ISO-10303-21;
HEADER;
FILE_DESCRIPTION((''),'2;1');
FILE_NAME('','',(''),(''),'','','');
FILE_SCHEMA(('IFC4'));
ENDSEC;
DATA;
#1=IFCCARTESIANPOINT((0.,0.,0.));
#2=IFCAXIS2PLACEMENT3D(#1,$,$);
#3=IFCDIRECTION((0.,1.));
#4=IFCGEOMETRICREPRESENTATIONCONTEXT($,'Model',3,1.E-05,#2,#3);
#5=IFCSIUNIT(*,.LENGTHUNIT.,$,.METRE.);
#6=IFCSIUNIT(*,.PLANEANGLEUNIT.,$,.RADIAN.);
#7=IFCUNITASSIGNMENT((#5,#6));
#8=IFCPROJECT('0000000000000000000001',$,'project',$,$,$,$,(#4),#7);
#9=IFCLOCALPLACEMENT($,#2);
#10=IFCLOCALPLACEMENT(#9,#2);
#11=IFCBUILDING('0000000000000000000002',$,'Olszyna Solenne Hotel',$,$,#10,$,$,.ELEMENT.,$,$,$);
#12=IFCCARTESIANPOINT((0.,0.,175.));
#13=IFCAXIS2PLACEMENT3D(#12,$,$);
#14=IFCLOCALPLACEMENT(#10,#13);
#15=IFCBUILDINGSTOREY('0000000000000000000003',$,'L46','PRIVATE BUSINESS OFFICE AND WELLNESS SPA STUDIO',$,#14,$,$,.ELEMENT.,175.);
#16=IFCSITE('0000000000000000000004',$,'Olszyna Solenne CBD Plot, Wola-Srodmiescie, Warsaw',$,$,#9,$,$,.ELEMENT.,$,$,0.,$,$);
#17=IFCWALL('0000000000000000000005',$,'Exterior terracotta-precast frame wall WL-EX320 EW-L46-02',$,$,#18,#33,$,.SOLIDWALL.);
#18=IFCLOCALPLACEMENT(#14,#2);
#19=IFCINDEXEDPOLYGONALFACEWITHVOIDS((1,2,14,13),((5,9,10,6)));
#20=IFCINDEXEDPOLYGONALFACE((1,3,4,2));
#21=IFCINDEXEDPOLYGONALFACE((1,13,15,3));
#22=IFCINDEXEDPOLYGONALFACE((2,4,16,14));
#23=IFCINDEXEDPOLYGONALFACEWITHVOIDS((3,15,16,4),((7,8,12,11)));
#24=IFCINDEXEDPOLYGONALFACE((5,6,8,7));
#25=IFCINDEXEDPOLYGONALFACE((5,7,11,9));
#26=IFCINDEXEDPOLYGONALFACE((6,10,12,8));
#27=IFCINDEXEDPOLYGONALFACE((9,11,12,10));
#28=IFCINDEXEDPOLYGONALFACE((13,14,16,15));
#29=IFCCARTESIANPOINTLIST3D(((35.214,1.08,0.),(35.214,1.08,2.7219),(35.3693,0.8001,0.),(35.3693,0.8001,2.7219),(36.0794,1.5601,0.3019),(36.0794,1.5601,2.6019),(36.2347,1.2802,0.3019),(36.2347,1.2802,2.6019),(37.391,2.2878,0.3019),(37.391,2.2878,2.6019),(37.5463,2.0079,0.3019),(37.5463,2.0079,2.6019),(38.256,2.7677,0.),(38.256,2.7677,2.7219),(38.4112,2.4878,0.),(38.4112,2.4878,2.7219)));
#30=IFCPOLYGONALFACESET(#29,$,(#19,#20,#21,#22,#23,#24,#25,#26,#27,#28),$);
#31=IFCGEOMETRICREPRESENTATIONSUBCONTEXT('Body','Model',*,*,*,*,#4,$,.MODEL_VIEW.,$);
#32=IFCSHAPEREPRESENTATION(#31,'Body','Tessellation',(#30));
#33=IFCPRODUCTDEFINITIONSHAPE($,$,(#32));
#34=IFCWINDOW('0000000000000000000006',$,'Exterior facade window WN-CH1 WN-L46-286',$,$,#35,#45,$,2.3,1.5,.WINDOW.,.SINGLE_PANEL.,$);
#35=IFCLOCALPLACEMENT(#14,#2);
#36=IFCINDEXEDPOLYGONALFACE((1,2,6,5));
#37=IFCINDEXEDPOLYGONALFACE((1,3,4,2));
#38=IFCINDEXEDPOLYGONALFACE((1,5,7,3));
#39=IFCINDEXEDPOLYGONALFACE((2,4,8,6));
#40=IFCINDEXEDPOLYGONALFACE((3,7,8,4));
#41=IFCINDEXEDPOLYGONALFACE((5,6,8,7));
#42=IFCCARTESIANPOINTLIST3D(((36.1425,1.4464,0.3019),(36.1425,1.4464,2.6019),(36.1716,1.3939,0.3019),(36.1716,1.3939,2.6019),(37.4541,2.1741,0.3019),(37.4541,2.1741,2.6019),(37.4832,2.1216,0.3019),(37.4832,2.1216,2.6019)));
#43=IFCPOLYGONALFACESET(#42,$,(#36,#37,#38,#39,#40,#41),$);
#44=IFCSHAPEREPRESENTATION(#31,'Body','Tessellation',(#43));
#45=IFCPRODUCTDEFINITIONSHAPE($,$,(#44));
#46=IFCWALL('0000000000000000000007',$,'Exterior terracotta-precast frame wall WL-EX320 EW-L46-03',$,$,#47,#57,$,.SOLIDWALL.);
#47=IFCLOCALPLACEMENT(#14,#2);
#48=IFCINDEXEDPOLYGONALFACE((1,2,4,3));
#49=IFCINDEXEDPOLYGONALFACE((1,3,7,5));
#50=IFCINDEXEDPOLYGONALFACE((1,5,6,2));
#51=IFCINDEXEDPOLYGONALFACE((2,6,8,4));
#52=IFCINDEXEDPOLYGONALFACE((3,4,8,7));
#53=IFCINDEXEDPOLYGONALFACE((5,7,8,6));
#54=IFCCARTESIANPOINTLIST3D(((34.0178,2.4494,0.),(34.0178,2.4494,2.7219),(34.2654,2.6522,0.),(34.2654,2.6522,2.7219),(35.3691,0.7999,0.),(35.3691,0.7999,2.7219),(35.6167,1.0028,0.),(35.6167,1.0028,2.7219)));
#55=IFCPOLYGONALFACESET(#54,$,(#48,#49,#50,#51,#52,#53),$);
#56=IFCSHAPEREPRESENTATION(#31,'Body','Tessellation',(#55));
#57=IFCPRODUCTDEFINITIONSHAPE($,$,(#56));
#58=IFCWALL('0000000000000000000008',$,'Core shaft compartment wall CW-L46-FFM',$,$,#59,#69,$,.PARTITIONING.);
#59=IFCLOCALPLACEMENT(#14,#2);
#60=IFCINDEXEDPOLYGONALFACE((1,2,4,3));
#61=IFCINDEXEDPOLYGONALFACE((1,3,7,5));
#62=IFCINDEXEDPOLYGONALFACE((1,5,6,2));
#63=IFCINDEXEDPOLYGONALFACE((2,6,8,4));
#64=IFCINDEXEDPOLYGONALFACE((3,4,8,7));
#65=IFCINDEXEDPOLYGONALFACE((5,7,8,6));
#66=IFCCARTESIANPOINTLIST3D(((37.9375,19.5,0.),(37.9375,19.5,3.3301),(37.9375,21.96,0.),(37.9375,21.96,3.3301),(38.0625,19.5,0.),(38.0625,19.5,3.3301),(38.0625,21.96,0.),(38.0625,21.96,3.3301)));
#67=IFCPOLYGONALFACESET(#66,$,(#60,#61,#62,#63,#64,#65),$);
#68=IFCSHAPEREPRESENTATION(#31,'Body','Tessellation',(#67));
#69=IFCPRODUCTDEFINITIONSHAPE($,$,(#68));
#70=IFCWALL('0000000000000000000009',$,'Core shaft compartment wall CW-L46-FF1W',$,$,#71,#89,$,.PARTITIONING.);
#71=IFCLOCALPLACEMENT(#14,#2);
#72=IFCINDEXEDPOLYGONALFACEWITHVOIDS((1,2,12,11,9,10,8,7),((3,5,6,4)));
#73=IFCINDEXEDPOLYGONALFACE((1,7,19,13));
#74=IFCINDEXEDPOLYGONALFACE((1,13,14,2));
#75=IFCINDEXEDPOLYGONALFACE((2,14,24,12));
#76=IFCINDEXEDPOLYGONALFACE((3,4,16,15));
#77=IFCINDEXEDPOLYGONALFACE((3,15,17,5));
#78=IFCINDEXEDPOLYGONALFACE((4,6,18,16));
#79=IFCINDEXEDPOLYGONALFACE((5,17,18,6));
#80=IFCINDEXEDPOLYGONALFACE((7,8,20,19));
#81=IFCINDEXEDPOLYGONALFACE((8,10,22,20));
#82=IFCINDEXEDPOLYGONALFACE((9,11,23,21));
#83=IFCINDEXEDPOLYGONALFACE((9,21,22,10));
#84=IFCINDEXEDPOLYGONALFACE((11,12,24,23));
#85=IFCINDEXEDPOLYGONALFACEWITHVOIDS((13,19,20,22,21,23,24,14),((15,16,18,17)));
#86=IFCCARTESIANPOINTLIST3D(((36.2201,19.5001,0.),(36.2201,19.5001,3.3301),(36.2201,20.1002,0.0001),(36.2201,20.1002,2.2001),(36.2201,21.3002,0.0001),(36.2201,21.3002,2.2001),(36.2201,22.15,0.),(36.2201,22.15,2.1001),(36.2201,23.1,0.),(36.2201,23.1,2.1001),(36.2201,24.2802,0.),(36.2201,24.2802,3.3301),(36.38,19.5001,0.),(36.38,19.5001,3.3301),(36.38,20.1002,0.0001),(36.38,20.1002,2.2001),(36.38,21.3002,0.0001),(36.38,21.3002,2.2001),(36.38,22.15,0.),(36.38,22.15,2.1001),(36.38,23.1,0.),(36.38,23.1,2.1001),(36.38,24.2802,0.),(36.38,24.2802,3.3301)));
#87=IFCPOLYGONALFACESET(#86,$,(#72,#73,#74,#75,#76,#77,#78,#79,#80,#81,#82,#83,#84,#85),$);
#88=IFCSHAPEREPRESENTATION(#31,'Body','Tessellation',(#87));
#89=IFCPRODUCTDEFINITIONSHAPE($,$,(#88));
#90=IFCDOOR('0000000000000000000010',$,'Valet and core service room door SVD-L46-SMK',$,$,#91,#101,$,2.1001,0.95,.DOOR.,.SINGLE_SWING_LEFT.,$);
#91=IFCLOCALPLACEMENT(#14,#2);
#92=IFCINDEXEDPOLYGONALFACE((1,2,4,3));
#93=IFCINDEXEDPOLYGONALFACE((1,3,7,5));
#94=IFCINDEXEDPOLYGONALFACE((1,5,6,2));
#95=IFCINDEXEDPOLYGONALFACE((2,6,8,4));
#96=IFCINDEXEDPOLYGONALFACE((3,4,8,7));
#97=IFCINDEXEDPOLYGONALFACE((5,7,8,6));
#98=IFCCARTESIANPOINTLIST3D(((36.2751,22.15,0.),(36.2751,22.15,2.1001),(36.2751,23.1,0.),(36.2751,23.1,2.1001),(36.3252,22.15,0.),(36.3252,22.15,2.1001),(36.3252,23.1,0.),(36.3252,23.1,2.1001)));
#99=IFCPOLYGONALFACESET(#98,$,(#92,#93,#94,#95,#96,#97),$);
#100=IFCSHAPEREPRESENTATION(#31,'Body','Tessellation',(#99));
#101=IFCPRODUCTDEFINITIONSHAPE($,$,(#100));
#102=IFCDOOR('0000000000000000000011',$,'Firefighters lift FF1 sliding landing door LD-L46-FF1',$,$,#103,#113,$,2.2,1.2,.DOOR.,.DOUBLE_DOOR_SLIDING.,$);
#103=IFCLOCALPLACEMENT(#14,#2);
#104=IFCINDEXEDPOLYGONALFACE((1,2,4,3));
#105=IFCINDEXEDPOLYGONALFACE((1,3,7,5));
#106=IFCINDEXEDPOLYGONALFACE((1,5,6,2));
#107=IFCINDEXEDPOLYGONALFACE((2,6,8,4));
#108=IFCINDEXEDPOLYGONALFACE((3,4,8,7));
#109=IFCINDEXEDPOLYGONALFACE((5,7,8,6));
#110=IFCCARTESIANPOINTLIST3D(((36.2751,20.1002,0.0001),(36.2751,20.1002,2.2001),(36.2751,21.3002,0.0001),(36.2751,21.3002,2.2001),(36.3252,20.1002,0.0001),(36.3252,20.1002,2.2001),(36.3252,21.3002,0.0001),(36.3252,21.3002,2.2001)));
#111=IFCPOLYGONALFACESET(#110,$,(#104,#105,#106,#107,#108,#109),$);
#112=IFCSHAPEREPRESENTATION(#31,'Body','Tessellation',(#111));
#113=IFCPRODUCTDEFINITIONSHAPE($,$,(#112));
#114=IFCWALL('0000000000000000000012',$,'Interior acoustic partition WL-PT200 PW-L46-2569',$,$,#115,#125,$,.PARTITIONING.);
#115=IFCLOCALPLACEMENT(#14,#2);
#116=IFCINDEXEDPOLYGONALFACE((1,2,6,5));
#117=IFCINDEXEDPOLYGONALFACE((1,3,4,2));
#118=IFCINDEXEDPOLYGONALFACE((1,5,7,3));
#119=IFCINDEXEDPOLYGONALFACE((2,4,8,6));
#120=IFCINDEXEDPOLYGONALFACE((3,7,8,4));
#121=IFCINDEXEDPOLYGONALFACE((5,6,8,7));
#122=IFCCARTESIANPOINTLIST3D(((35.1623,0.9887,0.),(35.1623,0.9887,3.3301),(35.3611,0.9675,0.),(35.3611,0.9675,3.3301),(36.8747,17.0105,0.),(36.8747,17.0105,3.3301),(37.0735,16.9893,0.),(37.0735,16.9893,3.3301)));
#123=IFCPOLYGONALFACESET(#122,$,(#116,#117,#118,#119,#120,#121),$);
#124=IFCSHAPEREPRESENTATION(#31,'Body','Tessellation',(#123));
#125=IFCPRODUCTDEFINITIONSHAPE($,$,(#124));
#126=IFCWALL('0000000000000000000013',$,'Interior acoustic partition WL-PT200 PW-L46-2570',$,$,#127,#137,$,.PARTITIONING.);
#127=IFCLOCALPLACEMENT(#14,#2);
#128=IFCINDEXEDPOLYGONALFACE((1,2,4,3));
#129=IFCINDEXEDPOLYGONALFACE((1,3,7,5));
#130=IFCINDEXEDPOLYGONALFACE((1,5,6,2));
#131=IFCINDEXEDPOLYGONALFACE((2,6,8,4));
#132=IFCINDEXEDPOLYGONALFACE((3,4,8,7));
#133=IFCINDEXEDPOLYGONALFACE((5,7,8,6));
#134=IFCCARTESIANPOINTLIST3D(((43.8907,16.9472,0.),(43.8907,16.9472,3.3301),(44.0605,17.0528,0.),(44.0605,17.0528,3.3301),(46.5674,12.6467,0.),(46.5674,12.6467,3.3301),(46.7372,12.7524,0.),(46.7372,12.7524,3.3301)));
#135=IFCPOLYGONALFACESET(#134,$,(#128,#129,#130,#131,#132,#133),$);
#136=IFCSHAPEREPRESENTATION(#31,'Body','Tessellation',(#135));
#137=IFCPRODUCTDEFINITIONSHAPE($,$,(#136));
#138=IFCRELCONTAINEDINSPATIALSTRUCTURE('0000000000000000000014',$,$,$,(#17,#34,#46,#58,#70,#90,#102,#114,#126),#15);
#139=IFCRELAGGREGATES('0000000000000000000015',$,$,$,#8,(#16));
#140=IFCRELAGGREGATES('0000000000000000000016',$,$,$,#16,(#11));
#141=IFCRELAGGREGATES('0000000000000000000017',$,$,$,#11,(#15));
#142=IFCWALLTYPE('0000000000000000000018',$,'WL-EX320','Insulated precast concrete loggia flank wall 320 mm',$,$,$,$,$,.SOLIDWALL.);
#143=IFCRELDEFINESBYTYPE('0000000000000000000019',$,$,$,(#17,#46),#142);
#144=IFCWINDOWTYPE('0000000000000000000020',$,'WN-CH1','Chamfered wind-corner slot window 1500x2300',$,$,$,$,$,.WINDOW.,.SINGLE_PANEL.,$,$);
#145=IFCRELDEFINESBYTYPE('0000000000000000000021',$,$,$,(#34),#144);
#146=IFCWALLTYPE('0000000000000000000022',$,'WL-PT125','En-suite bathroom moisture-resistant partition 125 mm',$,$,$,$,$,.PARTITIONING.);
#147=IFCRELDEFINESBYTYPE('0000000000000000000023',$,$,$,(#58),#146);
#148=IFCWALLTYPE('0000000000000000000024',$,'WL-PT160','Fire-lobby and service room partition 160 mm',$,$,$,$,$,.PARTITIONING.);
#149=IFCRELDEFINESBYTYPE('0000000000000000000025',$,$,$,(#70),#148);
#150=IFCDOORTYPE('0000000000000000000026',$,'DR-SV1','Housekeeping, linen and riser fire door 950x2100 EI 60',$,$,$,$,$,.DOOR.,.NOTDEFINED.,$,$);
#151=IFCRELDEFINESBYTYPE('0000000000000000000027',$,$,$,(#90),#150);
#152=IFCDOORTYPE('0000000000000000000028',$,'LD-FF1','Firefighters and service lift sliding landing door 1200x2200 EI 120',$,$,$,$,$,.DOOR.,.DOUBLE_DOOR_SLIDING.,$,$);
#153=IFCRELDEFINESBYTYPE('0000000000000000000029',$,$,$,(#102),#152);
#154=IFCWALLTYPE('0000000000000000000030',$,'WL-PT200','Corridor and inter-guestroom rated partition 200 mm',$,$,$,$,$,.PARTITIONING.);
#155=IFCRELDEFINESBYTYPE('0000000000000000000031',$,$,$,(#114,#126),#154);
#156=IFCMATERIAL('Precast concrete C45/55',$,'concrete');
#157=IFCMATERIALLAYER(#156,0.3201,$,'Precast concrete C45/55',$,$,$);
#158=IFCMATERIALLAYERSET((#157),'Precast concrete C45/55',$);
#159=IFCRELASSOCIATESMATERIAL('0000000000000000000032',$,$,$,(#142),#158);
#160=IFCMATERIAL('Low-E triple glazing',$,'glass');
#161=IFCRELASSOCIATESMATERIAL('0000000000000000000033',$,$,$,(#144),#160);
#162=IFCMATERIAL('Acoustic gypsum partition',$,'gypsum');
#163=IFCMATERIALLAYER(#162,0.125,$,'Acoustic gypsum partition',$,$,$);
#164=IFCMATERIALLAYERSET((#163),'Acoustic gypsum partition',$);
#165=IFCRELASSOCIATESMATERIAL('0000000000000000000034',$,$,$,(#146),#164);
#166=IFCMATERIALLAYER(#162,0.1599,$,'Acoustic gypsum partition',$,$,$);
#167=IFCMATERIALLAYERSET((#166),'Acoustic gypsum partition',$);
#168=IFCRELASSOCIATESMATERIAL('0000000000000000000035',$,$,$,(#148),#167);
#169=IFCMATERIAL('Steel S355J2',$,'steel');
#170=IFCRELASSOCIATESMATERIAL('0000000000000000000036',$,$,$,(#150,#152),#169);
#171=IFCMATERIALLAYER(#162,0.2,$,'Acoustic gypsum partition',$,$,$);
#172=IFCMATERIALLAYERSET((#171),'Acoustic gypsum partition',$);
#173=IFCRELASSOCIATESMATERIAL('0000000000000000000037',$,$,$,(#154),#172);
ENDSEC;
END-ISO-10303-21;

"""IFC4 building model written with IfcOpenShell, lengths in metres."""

from ifc_helpers import new_model, si_unit, direction, frame, frame_2d, origin, place, context, subcontext, project, spatial, rectangle, extrude, source, transform, mapped, material, layer, layer_set, type_object, type_shapes, element, fill, save


model = new_model("IFC4")

# Units and contexts
model_context = context("Model", 3, precision=1e-05, world=origin(), true_north=direction((0.0, 1.0)))
body_context = subcontext(model_context, "Body", "Model", "MODEL_VIEW")
ifc_project = project(units=[si_unit("LENGTHUNIT", "METRE"), si_unit("PLANEANGLEUNIT", "RADIAN")], contexts=[model_context])

# Site, building, storey
site_placement = place(None, origin())
site = spatial("IfcSite", under=ifc_project, at=site_placement, Name="Olszyna Solenne CBD Plot, Wola-Srodmiescie, Warsaw", CompositionType="ELEMENT", RefElevation=0.0)
building_placement = place(site_placement, origin())
building = spatial("IfcBuilding", under=site, at=building_placement, Name="Olszyna Solenne Hotel", CompositionType="ELEMENT")
storey_placement = place(building_placement, frame((0.0, 0.0, 175.0)))
storey = spatial("IfcBuildingStorey", under=building, at=storey_placement, Name="L46", Description="PRIVATE BUSINESS OFFICE AND WELLNESS SPA STUDIO", CompositionType="ELEMENT", Elevation=175.0)

# Shared definitions
ifc_material_1 = material(Name="Steel S355J2", Category="steel")

# Wall, opening, window
ifc_material_2 = material(Name="Precast concrete C45/55", Category="concrete")
ifc_layer_1 = layer(ifc_material_2, 0.3201, Name="Precast concrete C45/55")
ifc_layer_set_1 = layer_set([ifc_layer_1], Name="Precast concrete C45/55")
wall_type_1 = type_object("IfcWallType", Name="WL-EX320", Description="Insulated precast concrete loggia flank wall 320 mm", PredefinedType="SOLIDWALL", material=ifc_layer_set_1)
wall_1_placement = place(storey_placement, frame((38.3335, 2.6277, 0.0), z_axis=(0.0, 0.0, 1.0), x_axis=(-0.874432, -0.485148, 0.0)))
wall_1 = element("IfcWall", 1, at=wall_1_placement, inside=storey, type_object=wall_type_1, Name="Exterior terracotta-precast frame wall WL-EX320 EW-L46-02", PredefinedType="SOLIDWALL", context=body_context, shape_type="SweptSolid", body=[
    extrude(rectangle(XDim=3.4788, YDim=0.3201, at=frame_2d((1.7393, 0.0))), origin(), (0.0, 0.0, 1.0), 2.7219),
])
opening_1_placement = place(wall_1_placement, frame((0.989, 0.0, 0.302)))
opening_1 = element("IfcOpeningElement", 2, at=opening_1_placement, cuts=wall_1, PredefinedType="OPENING", context=body_context, shape_type="SweptSolid", body=[
    extrude(rectangle(XDim=1.5, YDim=2.3, at=frame_2d((0.75, 1.1499))), frame((0.0, 0.1699, 0.0), z_axis=(0.0, -1.0, 0.0), x_axis=(1.0, 0.0, 0.0)), (0.0, 0.0, 1.0), 0.3401),
])
ifc_material_3 = material(Name="Low-E triple glazing", Category="glass")
window_type = type_object("IfcWindowType", Name="WN-CH1", Description="Chamfered wind-corner slot window 1500x2300", PartitioningType="SINGLE_PANEL", PredefinedType="WINDOW", material=ifc_material_3)
shared_shape_1 = source(origin(), body_context, "Body", "SweptSolid", [
    extrude(rectangle(XDim=1.5, YDim=2.3, at=frame_2d((0.75, 1.1499))), frame((0.0, 0.03, 0.0), z_axis=(0.0, -1.0, 0.0), x_axis=(1.0, 0.0, 0.0)), (0.0, 0.0, 1.0), 0.0601),
])
type_shapes(window_type, [shared_shape_1])
window_placement = place(opening_1_placement, origin())
window = element("IfcWindow", 3, at=window_placement, inside=storey, type_object=window_type, Name="Exterior facade window WN-CH1 WN-L46-286", OverallHeight=2.3, OverallWidth=1.5, PartitioningType="SINGLE_PANEL", PredefinedType="WINDOW", context=body_context, shape_type="MappedRepresentation", body=[
    mapped(shared_shape_1, transform((0.0, 0.0, 0.0), x_axis=(1.0, 0.0, 0.0), y_axis=(0.0, 1.0, 0.0), z_axis=(0.0, 0.0, 1.0), scale=1.0)),
])
fill(opening_1, window)

# Walls
wall_2_placement = place(storey_placement, frame((35.4929, 0.9014, 0.0), z_axis=(0.0, 0.0, 1.0), x_axis=(-0.633743, 0.773544, 0.0)))
element("IfcWall", 4, at=wall_2_placement, inside=storey, type_object=wall_type_1, Name="Exterior terracotta-precast frame wall WL-EX320 EW-L46-03", PredefinedType="SOLIDWALL", context=body_context, shape_type="SweptSolid", body=[
    extrude(rectangle(XDim=2.1323, YDim=0.3201, at=frame_2d((1.0662, 0.0))), origin(), (0.0, 0.0, 1.0), 2.7219),
])
ifc_material_4 = material(Name="Acoustic gypsum partition", Category="gypsum")
ifc_layer_2 = layer(ifc_material_4, 0.125, Name="Acoustic gypsum partition")
ifc_layer_set_2 = layer_set([ifc_layer_2], Name="Acoustic gypsum partition")
wall_type_2 = type_object("IfcWallType", Name="WL-PT125", Description="En-suite bathroom moisture-resistant partition 125 mm", PredefinedType="PARTITIONING", material=ifc_layer_set_2)
wall_3_placement = place(storey_placement, frame((38.0, 19.5, 0.0), z_axis=(0.0, 0.0, 1.0), x_axis=(0.0, 1.0, 0.0)))
element("IfcWall", 5, at=wall_3_placement, inside=storey, type_object=wall_type_2, Name="Core shaft compartment wall CW-L46-FFM", PredefinedType="PARTITIONING", context=body_context, shape_type="SweptSolid", body=[
    extrude(rectangle(XDim=2.46, YDim=0.125, at=frame_2d((1.23, 0.0))), origin(), (0.0, 0.0, 1.0), 3.3301),
])

# Wall, openings, doors
ifc_layer_3 = layer(ifc_material_4, 0.1599, Name="Acoustic gypsum partition")
ifc_layer_set_3 = layer_set([ifc_layer_3], Name="Acoustic gypsum partition")
wall_type_3 = type_object("IfcWallType", Name="WL-PT160", Description="Fire-lobby and service room partition 160 mm", PredefinedType="PARTITIONING", material=ifc_layer_set_3)
wall_4_placement = place(storey_placement, frame((36.3, 19.5, 0.0), z_axis=(0.0, 0.0, 1.0), x_axis=(0.0, 1.0, 0.0)))
wall_4 = element("IfcWall", 6, at=wall_4_placement, inside=storey, type_object=wall_type_3, Name="Core shaft compartment wall CW-L46-FF1W", PredefinedType="PARTITIONING", context=body_context, shape_type="SweptSolid", body=[
    extrude(rectangle(XDim=4.78, YDim=0.1599, at=frame_2d((2.3901, 0.0))), origin(), (0.0, 0.0, 1.0), 3.3301),
])
opening_2_placement = place(wall_4_placement, frame((0.6001, 0.0, 0.0)))
opening_2 = element("IfcOpeningElement", 7, at=opening_2_placement, cuts=wall_4, PredefinedType="OPENING", context=body_context, shape_type="SweptSolid", body=[
    extrude(rectangle(XDim=1.2, YDim=2.2, at=frame_2d((0.6001, 1.1001))), frame((0.0, 0.0898, 0.0), z_axis=(0.0, -1.0, 0.0), x_axis=(1.0, 0.0, 0.0)), (0.0, 0.0, 1.0), 0.1799),
])
opening_3_placement = place(wall_4_placement, frame((2.6499, 0.0, 0.0)))
opening_3 = element("IfcOpeningElement", 8, at=opening_3_placement, cuts=wall_4, PredefinedType="OPENING", context=body_context, shape_type="SweptSolid", body=[
    extrude(rectangle(XDim=0.95, YDim=2.1001, at=frame_2d((0.4751, 1.05))), frame((0.0, 0.0898, 0.0), z_axis=(0.0, -1.0, 0.0), x_axis=(1.0, 0.0, 0.0)), (0.0, 0.0, 1.0), 0.1799),
])
door_type_1 = type_object("IfcDoorType", Name="DR-SV1", Description="Housekeeping, linen and riser fire door 950x2100 EI 60", OperationType="NOTDEFINED", PredefinedType="DOOR", material=ifc_material_1)
shared_shape_2 = source(origin(), body_context, "Body", "SweptSolid", [
    extrude(rectangle(XDim=0.95, YDim=2.1001, at=frame_2d((0.4751, 1.05))), frame((0.0, 0.0249, 0.0), z_axis=(0.0, -1.0, 0.0), x_axis=(1.0, 0.0, 0.0)), (0.0, 0.0, 1.0), 0.05),
])
type_shapes(door_type_1, [shared_shape_2])
door_1_placement = place(opening_3_placement, origin())
door_1 = element("IfcDoor", 9, at=door_1_placement, inside=storey, type_object=door_type_1, Name="Valet and core service room door SVD-L46-SMK", OperationType="SINGLE_SWING_LEFT", OverallHeight=2.1001, OverallWidth=0.95, PredefinedType="DOOR", context=body_context, shape_type="MappedRepresentation", body=[
    mapped(shared_shape_2, transform((0.0, 0.0, 0.0), x_axis=(1.0, 0.0, 0.0), y_axis=(0.0, 1.0, 0.0), z_axis=(0.0, 0.0, 1.0), scale=1.0)),
])
fill(opening_3, door_1)
door_type_2 = type_object("IfcDoorType", Name="LD-FF1", Description="Firefighters and service lift sliding landing door 1200x2200 EI 120", OperationType="DOUBLE_DOOR_SLIDING", PredefinedType="DOOR", material=ifc_material_1)
shared_shape_3 = source(origin(), body_context, "Body", "SweptSolid", [
    extrude(rectangle(XDim=1.2, YDim=2.2, at=frame_2d((0.6001, 1.1001))), frame((0.0, 0.0249, 0.0), z_axis=(0.0, -1.0, 0.0), x_axis=(1.0, 0.0, 0.0)), (0.0, 0.0, 1.0), 0.05),
])
type_shapes(door_type_2, [shared_shape_3])
door_2_placement = place(opening_2_placement, origin())
door_2 = element("IfcDoor", 10, at=door_2_placement, inside=storey, type_object=door_type_2, Name="Firefighters lift FF1 sliding landing door LD-L46-FF1", OperationType="DOUBLE_DOOR_SLIDING", OverallHeight=2.2, OverallWidth=1.2, PredefinedType="DOOR", context=body_context, shape_type="MappedRepresentation", body=[
    mapped(shared_shape_3, transform((0.0, 0.0, 0.0), x_axis=(1.0, 0.0, 0.0), y_axis=(0.0, 1.0, 0.0), z_axis=(0.0, 0.0, 1.0), scale=1.0)),
])
fill(opening_2, door_2)

# Walls
ifc_layer_4 = layer(ifc_material_4, 0.2, Name="Acoustic gypsum partition")
ifc_layer_set_4 = layer_set([ifc_layer_4], Name="Acoustic gypsum partition")
wall_type_4 = type_object("IfcWallType", Name="WL-PT200", Description="Corridor and inter-guestroom rated partition 200 mm", PredefinedType="PARTITIONING", material=ifc_layer_set_4)
wall_5_placement = place(storey_placement, frame((36.9741, 17.0, 0.0), z_axis=(0.0, 0.0, 1.0), x_axis=(-0.106275, -0.994337, 0.0)))
element("IfcWall", 11, at=wall_5_placement, inside=storey, type_object=wall_type_4, Name="Interior acoustic partition WL-PT200 PW-L46-2569", PredefinedType="PARTITIONING", context=body_context, shape_type="SweptSolid", body=[
    extrude(rectangle(XDim=16.113, YDim=0.2, at=frame_2d((8.0566, 0.0))), origin(), (0.0, 0.0, 1.0), 3.3301),
])
wall_6_placement = place(storey_placement, frame((43.9756, 17.0, 0.0), z_axis=(0.0, 0.0, 1.0), x_axis=(0.528425, -0.84898, 0.0)))
element("IfcWall", 12, at=wall_6_placement, inside=storey, type_object=wall_type_4, Name="Interior acoustic partition WL-PT200 PW-L46-2570", PredefinedType="PARTITIONING", context=body_context, shape_type="SweptSolid", body=[
    extrude(rectangle(XDim=5.0654, YDim=0.2, at=frame_2d((2.5327, 0.0))), origin(), (0.0, 0.0, 1.0), 3.3301),
])

save(model, "model.ifc")
